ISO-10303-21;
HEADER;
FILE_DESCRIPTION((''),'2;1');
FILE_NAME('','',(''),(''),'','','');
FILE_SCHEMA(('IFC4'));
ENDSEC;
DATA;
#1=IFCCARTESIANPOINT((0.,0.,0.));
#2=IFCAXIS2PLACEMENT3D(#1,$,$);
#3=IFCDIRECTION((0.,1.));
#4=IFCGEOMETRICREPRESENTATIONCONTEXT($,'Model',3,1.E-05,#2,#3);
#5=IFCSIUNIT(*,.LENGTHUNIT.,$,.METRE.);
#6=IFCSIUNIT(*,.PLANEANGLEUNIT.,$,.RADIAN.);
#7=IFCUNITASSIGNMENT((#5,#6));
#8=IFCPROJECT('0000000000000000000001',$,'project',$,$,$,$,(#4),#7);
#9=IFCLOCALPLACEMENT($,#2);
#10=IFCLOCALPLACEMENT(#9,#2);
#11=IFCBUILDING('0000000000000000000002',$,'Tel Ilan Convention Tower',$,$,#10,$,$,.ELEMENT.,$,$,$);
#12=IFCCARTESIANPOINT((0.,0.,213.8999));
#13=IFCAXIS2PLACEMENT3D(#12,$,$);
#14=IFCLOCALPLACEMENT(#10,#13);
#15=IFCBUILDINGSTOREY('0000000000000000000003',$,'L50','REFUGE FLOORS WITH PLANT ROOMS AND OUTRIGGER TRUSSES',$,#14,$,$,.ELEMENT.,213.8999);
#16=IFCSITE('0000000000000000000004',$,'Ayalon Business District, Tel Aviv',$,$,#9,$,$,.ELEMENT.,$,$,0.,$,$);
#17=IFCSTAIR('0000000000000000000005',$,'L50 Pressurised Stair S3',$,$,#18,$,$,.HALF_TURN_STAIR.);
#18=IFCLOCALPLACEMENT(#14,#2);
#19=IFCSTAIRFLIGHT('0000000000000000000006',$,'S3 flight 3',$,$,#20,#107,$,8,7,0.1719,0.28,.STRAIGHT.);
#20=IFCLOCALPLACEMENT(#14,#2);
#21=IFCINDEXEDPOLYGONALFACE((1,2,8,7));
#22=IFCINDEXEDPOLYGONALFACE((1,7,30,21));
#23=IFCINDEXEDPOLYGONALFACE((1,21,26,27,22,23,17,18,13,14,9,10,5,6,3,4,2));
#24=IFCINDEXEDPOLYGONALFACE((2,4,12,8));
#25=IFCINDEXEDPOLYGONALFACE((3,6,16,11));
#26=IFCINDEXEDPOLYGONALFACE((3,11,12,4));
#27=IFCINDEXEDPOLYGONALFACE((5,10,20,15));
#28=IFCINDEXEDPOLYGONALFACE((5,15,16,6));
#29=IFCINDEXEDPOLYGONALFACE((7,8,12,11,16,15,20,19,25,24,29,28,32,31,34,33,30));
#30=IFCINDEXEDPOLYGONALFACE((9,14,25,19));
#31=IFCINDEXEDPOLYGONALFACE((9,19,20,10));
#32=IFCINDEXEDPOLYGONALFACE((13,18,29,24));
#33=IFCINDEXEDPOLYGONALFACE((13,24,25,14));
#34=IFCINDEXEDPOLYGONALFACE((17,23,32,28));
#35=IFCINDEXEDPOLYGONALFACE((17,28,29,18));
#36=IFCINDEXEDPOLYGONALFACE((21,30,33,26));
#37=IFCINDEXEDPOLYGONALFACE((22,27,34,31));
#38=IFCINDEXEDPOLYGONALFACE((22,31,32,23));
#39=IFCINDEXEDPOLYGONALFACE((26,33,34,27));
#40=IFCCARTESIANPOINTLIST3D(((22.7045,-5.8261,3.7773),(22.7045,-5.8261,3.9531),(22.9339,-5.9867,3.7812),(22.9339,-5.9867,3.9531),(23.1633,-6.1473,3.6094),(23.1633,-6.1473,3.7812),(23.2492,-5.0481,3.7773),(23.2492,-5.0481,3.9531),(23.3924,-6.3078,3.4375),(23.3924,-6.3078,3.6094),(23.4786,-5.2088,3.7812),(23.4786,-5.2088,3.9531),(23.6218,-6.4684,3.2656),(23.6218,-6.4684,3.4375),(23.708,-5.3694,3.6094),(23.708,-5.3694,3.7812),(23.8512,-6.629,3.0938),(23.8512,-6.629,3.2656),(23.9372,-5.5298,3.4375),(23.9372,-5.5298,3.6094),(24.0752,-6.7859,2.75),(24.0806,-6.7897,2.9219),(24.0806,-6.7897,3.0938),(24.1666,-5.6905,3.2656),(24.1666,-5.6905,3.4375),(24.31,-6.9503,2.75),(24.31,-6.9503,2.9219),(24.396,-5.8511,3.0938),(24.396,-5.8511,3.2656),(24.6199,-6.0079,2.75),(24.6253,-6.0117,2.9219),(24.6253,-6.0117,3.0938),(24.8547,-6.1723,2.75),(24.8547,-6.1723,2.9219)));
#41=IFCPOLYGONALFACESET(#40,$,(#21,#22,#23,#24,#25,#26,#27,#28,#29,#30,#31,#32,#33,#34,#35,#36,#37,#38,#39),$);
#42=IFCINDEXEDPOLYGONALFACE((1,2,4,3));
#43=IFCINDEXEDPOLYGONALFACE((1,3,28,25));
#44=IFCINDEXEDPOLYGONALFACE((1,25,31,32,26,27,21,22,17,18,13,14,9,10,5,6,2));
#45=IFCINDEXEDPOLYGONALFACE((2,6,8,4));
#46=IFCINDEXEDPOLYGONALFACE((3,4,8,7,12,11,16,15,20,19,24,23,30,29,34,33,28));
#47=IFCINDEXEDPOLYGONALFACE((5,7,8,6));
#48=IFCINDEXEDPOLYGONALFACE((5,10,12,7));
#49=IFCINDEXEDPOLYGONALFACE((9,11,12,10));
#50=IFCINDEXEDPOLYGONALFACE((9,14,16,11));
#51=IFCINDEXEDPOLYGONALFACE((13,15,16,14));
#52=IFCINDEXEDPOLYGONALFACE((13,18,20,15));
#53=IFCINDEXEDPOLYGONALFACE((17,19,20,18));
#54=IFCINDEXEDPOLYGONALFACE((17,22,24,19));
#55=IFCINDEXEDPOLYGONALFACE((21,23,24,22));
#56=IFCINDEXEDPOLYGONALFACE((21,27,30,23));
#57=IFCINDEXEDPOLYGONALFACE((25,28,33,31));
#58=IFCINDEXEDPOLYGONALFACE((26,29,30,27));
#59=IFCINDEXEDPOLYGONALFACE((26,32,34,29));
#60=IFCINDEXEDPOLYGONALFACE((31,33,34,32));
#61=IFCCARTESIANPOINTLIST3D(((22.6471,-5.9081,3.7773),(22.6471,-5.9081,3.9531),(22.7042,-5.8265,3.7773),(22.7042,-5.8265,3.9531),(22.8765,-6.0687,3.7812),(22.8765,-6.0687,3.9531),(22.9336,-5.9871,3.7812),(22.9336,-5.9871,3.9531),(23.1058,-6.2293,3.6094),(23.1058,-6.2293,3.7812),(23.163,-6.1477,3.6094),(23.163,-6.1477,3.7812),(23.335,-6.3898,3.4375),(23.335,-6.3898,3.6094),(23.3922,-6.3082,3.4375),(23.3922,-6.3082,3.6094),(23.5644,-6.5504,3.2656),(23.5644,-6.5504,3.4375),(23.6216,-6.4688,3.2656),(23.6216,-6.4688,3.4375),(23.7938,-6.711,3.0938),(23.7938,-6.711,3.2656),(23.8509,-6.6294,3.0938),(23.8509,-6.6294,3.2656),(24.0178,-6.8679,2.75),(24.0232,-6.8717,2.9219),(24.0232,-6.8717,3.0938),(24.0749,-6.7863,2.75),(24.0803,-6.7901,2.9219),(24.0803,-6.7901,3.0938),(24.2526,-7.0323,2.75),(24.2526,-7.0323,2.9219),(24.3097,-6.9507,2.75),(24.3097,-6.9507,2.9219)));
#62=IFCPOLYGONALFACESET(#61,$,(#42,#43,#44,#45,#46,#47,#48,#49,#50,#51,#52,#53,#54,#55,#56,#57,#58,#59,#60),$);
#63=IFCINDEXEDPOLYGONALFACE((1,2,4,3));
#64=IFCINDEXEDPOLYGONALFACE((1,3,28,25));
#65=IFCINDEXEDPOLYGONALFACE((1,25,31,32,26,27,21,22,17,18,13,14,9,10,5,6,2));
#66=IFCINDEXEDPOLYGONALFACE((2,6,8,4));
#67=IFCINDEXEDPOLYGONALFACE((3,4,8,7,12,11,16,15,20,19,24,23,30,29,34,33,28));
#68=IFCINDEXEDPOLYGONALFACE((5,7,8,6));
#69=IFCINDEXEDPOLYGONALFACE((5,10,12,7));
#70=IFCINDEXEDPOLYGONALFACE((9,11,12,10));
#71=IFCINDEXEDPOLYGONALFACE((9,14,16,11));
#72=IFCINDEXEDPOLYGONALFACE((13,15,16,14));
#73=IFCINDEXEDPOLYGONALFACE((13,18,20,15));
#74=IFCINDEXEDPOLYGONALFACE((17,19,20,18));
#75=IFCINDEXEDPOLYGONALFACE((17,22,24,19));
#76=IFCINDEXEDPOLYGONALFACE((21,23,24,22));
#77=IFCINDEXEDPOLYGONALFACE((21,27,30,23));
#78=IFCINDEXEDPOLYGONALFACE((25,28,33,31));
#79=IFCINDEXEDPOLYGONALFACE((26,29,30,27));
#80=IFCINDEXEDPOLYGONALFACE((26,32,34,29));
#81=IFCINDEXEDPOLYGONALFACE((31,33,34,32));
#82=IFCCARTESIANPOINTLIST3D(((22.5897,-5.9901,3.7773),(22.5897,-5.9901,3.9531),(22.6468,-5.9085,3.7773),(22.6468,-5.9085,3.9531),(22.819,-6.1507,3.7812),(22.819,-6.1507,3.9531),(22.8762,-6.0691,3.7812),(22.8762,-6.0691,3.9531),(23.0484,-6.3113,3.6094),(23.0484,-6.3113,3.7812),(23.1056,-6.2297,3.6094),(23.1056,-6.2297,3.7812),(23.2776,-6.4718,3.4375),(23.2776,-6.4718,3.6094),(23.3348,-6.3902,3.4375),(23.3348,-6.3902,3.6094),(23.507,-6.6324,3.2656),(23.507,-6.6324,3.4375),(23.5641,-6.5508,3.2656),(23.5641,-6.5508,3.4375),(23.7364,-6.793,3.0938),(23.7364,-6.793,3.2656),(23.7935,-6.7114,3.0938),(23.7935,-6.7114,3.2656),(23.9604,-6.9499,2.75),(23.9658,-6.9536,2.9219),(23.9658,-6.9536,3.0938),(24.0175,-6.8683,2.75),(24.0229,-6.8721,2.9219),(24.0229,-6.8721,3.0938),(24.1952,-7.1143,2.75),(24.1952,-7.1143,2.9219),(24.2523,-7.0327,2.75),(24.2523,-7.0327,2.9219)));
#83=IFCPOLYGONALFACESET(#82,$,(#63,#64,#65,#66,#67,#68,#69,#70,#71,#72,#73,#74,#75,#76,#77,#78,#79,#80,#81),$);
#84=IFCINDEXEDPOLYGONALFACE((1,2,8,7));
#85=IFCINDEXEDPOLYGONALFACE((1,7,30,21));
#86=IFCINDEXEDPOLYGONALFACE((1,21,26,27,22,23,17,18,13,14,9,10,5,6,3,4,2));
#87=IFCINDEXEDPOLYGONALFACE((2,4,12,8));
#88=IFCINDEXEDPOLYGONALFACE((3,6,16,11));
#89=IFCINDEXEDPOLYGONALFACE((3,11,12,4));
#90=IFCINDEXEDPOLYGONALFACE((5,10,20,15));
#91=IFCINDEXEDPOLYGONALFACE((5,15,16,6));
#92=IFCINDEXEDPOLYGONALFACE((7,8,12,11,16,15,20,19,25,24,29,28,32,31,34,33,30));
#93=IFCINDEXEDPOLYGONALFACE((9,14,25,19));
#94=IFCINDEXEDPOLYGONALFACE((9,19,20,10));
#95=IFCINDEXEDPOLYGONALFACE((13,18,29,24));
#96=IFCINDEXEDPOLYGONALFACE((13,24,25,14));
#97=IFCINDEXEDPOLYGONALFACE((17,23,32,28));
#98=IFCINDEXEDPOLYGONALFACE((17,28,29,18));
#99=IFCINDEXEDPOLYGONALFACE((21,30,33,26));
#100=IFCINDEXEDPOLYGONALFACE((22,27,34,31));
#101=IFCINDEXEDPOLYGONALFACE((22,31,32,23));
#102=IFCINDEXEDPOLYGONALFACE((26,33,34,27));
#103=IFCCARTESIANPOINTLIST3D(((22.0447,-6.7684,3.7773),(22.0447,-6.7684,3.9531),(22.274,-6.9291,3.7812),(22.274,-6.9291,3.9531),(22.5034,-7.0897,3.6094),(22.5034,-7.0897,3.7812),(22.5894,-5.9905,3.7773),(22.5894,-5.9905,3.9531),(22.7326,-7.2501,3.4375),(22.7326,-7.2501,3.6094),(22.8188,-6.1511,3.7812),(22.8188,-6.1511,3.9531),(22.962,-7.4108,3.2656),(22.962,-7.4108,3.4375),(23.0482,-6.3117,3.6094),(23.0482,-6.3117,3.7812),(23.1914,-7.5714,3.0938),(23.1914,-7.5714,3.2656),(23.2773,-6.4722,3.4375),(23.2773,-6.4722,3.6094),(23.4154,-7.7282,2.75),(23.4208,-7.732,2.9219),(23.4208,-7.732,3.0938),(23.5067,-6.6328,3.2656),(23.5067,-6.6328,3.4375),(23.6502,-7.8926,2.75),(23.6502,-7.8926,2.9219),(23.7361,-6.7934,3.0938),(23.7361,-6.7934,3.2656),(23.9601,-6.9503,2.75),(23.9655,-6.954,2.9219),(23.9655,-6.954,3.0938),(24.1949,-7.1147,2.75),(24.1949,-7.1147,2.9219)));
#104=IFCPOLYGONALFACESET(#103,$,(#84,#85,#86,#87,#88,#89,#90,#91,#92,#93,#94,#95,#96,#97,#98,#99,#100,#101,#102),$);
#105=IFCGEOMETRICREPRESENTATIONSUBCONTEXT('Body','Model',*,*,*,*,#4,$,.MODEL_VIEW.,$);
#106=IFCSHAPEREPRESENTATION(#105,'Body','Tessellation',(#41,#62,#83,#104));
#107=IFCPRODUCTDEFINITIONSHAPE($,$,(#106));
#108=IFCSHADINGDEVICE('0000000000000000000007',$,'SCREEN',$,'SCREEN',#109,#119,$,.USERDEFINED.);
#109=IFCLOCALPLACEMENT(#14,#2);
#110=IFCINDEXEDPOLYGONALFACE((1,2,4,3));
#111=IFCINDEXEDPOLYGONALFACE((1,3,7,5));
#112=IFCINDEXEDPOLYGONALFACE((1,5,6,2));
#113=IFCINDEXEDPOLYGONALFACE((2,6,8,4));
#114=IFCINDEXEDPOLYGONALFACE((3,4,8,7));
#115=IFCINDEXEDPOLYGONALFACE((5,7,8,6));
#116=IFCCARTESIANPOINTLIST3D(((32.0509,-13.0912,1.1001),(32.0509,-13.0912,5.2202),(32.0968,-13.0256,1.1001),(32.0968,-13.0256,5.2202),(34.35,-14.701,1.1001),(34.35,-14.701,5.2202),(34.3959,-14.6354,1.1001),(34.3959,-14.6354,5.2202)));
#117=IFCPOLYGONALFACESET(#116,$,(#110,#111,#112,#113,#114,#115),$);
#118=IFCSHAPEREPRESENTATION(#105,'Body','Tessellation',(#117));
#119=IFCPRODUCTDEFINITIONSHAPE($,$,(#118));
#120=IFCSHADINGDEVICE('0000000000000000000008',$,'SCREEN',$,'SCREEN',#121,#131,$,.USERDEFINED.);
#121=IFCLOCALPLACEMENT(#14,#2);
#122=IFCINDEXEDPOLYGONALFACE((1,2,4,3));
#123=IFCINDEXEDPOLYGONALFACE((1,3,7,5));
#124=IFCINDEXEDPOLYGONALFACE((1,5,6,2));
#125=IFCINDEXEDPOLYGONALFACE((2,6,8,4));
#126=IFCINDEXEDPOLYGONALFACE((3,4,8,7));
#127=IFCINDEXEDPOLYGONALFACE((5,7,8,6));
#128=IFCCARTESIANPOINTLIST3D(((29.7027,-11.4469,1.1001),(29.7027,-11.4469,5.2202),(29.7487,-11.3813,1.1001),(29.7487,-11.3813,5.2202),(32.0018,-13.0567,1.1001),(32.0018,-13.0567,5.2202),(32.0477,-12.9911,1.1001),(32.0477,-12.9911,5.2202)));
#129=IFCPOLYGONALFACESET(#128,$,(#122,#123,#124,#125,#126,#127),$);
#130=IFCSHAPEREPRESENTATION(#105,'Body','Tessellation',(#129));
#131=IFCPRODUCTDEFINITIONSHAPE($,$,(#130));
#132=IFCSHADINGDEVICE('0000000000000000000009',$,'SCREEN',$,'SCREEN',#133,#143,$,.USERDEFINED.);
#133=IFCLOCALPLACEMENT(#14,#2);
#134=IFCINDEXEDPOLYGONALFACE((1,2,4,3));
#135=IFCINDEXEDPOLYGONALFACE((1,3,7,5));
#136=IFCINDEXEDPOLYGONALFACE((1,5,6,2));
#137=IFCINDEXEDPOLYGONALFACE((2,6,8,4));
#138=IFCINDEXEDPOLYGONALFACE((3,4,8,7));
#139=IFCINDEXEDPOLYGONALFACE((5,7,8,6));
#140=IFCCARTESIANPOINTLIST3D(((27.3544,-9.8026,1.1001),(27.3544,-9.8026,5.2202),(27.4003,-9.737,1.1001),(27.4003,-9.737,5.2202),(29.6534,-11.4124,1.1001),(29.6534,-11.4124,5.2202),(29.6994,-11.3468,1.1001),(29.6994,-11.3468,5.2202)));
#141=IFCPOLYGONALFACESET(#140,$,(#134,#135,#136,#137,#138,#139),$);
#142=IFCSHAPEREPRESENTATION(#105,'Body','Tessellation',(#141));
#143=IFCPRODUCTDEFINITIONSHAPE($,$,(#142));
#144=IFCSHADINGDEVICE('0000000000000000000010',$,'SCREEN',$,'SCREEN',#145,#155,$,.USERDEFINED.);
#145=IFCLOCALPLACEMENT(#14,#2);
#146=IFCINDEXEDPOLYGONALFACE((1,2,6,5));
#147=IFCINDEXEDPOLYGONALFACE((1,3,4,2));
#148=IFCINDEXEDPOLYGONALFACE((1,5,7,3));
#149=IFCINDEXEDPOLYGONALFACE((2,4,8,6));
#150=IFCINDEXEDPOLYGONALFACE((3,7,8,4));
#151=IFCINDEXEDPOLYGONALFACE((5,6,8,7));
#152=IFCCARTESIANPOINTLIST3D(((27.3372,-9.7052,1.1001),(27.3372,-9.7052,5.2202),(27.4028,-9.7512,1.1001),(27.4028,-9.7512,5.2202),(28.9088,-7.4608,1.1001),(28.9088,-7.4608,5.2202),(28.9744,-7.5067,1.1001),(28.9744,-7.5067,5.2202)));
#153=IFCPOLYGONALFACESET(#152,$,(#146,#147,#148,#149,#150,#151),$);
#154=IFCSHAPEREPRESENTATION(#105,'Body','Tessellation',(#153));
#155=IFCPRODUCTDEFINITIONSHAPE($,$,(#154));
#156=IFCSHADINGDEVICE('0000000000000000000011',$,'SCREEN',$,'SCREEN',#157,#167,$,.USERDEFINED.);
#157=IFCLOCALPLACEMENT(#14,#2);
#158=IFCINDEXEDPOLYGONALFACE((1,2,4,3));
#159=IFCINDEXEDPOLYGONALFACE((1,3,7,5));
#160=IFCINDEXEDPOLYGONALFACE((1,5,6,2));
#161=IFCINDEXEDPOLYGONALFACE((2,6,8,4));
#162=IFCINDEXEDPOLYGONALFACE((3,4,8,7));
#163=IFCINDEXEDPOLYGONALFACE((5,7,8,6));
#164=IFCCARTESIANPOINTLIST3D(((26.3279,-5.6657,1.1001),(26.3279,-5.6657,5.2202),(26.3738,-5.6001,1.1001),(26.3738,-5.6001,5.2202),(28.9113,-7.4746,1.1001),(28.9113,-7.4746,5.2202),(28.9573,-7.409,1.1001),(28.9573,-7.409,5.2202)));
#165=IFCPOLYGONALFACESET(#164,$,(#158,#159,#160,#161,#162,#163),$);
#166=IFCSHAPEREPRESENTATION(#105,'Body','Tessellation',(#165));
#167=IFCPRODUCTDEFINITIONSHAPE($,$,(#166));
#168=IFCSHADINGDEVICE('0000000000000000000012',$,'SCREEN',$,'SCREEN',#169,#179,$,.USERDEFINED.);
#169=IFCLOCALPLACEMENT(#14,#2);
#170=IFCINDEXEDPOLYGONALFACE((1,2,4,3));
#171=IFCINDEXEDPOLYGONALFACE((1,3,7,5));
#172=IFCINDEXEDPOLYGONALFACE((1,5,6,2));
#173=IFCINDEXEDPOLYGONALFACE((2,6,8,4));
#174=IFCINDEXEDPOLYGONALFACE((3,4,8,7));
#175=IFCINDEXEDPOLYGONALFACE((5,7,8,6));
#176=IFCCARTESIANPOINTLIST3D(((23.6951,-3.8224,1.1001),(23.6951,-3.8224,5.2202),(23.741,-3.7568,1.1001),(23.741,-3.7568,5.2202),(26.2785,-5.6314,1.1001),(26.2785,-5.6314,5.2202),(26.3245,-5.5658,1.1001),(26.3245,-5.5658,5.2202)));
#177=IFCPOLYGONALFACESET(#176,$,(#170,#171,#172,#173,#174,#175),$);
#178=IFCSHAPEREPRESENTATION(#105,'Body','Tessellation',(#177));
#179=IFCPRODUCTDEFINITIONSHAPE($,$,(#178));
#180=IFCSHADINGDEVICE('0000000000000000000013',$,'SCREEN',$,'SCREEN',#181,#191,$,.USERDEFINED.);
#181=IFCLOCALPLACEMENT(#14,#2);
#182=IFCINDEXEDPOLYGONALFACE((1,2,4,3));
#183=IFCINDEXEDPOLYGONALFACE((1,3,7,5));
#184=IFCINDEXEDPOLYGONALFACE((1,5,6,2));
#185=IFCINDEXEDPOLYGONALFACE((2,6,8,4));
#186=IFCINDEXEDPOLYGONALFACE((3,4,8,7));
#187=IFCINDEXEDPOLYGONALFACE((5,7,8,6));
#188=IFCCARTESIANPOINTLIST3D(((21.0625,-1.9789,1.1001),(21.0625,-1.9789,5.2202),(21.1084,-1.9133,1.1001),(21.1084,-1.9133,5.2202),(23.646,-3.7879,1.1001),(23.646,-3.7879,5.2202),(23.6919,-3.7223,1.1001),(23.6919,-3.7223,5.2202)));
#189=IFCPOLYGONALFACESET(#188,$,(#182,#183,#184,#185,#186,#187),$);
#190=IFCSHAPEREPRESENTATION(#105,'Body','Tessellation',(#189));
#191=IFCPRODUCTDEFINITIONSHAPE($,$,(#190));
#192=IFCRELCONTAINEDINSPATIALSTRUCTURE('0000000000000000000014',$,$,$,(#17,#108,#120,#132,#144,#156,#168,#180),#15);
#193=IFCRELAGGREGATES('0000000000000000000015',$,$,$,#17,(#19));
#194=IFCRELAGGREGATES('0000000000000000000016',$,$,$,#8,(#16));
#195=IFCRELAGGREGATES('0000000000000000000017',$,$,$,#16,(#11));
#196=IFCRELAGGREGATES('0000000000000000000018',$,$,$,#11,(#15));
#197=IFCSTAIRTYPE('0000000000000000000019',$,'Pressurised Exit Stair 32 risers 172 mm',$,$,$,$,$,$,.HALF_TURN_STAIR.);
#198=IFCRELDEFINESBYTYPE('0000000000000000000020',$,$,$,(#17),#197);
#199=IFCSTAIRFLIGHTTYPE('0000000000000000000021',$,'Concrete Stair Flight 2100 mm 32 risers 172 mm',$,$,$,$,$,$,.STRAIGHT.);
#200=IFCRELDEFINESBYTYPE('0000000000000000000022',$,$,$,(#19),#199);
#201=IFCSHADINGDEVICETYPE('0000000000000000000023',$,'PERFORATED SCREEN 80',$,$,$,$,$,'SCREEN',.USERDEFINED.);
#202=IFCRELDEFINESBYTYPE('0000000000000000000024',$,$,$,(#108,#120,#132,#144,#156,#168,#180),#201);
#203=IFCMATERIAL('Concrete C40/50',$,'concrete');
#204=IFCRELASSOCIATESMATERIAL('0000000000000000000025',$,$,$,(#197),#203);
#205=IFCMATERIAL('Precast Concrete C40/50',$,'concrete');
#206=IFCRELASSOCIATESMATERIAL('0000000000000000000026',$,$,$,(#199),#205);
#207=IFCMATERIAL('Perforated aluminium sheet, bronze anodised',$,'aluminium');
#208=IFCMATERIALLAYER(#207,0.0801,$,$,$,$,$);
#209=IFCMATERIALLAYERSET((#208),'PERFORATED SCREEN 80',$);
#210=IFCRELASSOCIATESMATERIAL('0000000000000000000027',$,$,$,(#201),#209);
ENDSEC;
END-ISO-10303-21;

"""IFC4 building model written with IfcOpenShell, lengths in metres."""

from ifc_helpers import new_model, si_unit, direction, frame, origin, origin_2d, place, context, subcontext, project, spatial, polyline, rectangle, outline, extrude, material, layer, layer_set, type_object, element, aggregate, save


model = new_model("IFC4")

# Units and contexts
model_context = context("Model", 3, precision=1e-05, world=origin(), true_north=direction((0.0, 1.0)))
body_context = subcontext(model_context, "Body", "Model", "MODEL_VIEW")
ifc_project = project(units=[si_unit("LENGTHUNIT", "METRE"), si_unit("PLANEANGLEUNIT", "RADIAN")], contexts=[model_context])

# Site, building, storey
site_placement = place(None, origin())
site = spatial("IfcSite", under=ifc_project, at=site_placement, Name="Ayalon Business District, Tel Aviv", CompositionType="ELEMENT", RefElevation=0.0)
building_placement = place(site_placement, origin())
building = spatial("IfcBuilding", under=site, at=building_placement, Name="Tel Ilan Convention Tower", CompositionType="ELEMENT")
storey_placement = place(building_placement, frame((0.0, 0.0, 213.8999)))
storey = spatial("IfcBuildingStorey", under=building, at=storey_placement, Name="L50", Description="REFUGE FLOORS WITH PLANT ROOMS AND OUTRIGGER TRUSSES", CompositionType="ELEMENT", Elevation=213.8999)

# Stair, stair flight
ifc_material_1 = material(Name="Concrete C40/50", Category="concrete")
stair_type = type_object("IfcStairType", Name="Pressurised Exit Stair 32 risers 172 mm", PredefinedType="HALF_TURN_STAIR", material=ifc_material_1)
stair_placement = place(storey_placement, origin())
stair = element("IfcStair", 1, at=stair_placement, inside=storey, type_object=stair_type, Name="L50 Pressurised Stair S3", PredefinedType="HALF_TURN_STAIR")
ifc_material_2 = material(Name="Precast Concrete C40/50", Category="concrete")
stair_flight_type = type_object("IfcStairFlightType", Name="Concrete Stair Flight 2100 mm 32 risers 172 mm", PredefinedType="STRAIGHT", material=ifc_material_2)
stair_flight_1_placement = place(storey_placement, frame((24.2524, -7.0325, 2.75), z_axis=(0.0, 0.0, 1.0), x_axis=(-0.819152, 0.573576, 0.0)))
stair_flight_1 = element("IfcStairFlight", 2, at=stair_flight_1_placement, type_object=stair_flight_type, Name="S3 flight 3", NumberOfRisers=8, NumberOfTreads=7, PredefinedType="STRAIGHT", RiserHeight=0.1719, TreadLength=0.28, context=body_context, shape_type="SweptSolid", body=[
    extrude(outline(polyline([(0.0, 0.0), (0.0, 0.1719), (0.28, 0.1719), (0.28, 0.3438), (0.5601, 0.3438), (0.5601, 0.5156), (0.8401, 0.5156), (0.8401, 0.6875), (1.1201, 0.6875), (1.1201, 0.8594), (1.3999, 0.8594), (1.3999, 1.0312), (1.6799, 1.0312), (1.6799, 1.2031), (1.96, 1.2031), (1.96, 1.375), (1.96, 1.0273), (0.2866, 0.0), (0.0, 0.0)])), frame((0.0, -0.1003, 0.0), z_axis=(0.0, -1.0, 0.0), x_axis=(1.0, 0.0, 0.0)), (0.0, 0.0, 1.0), 0.9497),
    extrude(outline(polyline([(0.0, 0.0), (0.0, 0.1719), (0.28, 0.1719), (0.28, 0.3438), (0.5601, 0.3438), (0.5601, 0.5156), (0.8401, 0.5156), (0.8401, 0.6875), (1.1201, 0.6875), (1.1201, 0.8594), (1.3999, 0.8594), (1.3999, 1.0312), (1.6799, 1.0312), (1.6799, 1.2031), (1.96, 1.2031), (1.96, 1.375), (1.96, 1.0273), (0.2866, 0.0), (0.0, 0.0)])), frame((0.0, -0.0002, 0.0), z_axis=(0.0, -1.0, 0.0), x_axis=(1.0, 0.0, 0.0)), (0.0, 0.0, 1.0), 0.0996),
    extrude(outline(polyline([(0.0, 0.0), (0.0, 0.1719), (0.28, 0.1719), (0.28, 0.3438), (0.5601, 0.3438), (0.5601, 0.5156), (0.8401, 0.5156), (0.8401, 0.6875), (1.1201, 0.6875), (1.1201, 0.8594), (1.3999, 0.8594), (1.3999, 1.0312), (1.6799, 1.0312), (1.6799, 1.2031), (1.96, 1.2031), (1.96, 1.375), (1.96, 1.0273), (0.2866, 0.0), (0.0, 0.0)])), frame((0.0, 0.0999, 0.0), z_axis=(0.0, -1.0, 0.0), x_axis=(1.0, 0.0, 0.0)), (0.0, 0.0, 1.0), 0.0996),
    extrude(outline(polyline([(0.0, 0.0), (0.0, 0.1719), (0.28, 0.1719), (0.28, 0.3438), (0.5601, 0.3438), (0.5601, 0.5156), (0.8401, 0.5156), (0.8401, 0.6875), (1.1201, 0.6875), (1.1201, 0.8594), (1.3999, 0.8594), (1.3999, 1.0312), (1.6799, 1.0312), (1.6799, 1.2031), (1.96, 1.2031), (1.96, 1.375), (1.96, 1.0273), (0.2866, 0.0), (0.0, 0.0)])), frame((0.0, 1.05, 0.0), z_axis=(0.0, -1.0, 0.0), x_axis=(1.0, 0.0, 0.0)), (0.0, 0.0, 1.0), 0.9497),
])
aggregate(stair, [stair_flight_1])

# Shading devices
ifc_material_3 = material(Name="Perforated aluminium sheet, bronze anodised", Category="aluminium")
ifc_layer_1 = layer(ifc_material_3, 0.0801)
ifc_layer_set_1 = layer_set([ifc_layer_1], Name="PERFORATED SCREEN 80")
shading_device_type_1 = type_object("IfcShadingDeviceType", Name="PERFORATED SCREEN 80", ElementType="SCREEN", PredefinedType="USERDEFINED", material=ifc_layer_set_1)
for number, where, z_axis, x_axis, name in (
    (3, (33.2234, -13.8633, 1.1001), (0.0, 0.0, 1.0), (-0.819152, 0.573576, 0.0), "SCREEN"),
    (4, (30.8752, -12.219, 1.1001), (0.0, 0.0, 1.0), (-0.819152, 0.573576, 0.0), "SCREEN"),
    (5, (28.5269, -10.5747, 1.1001), (0.0, 0.0, 1.0), (-0.819152, 0.573576, 0.0), "SCREEN"),
):
    element("IfcShadingDevice", number, at=place(storey_placement, frame(where, z_axis=z_axis, x_axis=x_axis)), inside=storey, type_object=shading_device_type_1, Name=name, ObjectType="SCREEN", PredefinedType="USERDEFINED", context=body_context, shape_type="SweptSolid", body=[
        extrude(rectangle(XDim=2.8066, YDim=0.0801, at=origin_2d()), origin(), (0.0, 0.0, 1.0), 4.1201),
    ])
shading_device_placement = place(storey_placement, frame((28.1558, -8.606, 1.1001), z_axis=(0.0, 0.0, 1.0), x_axis=(0.573576, 0.819152, 0.0)))
element("IfcShadingDevice", 6, at=shading_device_placement, inside=storey, type_object=shading_device_type_1, Name="SCREEN", ObjectType="SCREEN", PredefinedType="USERDEFINED", context=body_context, shape_type="SweptSolid", body=[
    extrude(rectangle(XDim=2.74, YDim=0.0801, at=origin_2d()), origin(), (0.0, 0.0, 1.0), 4.1201),
])
for number, where, z_axis, x_axis, name in (
    (7, (27.6426, -6.5374, 1.1001), (0.0, 0.0, 1.0), (-0.819152, 0.573576, 0.0), "SCREEN"),
    (8, (25.0098, -4.6941, 1.1001), (0.0, 0.0, 1.0), (-0.819152, 0.573576, 0.0), "SCREEN"),
    (9, (22.3772, -2.8506, 1.1001), (0.0, 0.0, 1.0), (-0.819152, 0.573576, 0.0), "SCREEN"),
):
    element("IfcShadingDevice", number, at=place(storey_placement, frame(where, z_axis=z_axis, x_axis=x_axis)), inside=storey, type_object=shading_device_type_1, Name=name, ObjectType="SCREEN", PredefinedType="USERDEFINED", context=body_context, shape_type="SweptSolid", body=[
        extrude(rectangle(XDim=3.1538, YDim=0.0801, at=origin_2d()), origin(), (0.0, 0.0, 1.0), 4.1201),
    ])

save(model, "model.ifc")
